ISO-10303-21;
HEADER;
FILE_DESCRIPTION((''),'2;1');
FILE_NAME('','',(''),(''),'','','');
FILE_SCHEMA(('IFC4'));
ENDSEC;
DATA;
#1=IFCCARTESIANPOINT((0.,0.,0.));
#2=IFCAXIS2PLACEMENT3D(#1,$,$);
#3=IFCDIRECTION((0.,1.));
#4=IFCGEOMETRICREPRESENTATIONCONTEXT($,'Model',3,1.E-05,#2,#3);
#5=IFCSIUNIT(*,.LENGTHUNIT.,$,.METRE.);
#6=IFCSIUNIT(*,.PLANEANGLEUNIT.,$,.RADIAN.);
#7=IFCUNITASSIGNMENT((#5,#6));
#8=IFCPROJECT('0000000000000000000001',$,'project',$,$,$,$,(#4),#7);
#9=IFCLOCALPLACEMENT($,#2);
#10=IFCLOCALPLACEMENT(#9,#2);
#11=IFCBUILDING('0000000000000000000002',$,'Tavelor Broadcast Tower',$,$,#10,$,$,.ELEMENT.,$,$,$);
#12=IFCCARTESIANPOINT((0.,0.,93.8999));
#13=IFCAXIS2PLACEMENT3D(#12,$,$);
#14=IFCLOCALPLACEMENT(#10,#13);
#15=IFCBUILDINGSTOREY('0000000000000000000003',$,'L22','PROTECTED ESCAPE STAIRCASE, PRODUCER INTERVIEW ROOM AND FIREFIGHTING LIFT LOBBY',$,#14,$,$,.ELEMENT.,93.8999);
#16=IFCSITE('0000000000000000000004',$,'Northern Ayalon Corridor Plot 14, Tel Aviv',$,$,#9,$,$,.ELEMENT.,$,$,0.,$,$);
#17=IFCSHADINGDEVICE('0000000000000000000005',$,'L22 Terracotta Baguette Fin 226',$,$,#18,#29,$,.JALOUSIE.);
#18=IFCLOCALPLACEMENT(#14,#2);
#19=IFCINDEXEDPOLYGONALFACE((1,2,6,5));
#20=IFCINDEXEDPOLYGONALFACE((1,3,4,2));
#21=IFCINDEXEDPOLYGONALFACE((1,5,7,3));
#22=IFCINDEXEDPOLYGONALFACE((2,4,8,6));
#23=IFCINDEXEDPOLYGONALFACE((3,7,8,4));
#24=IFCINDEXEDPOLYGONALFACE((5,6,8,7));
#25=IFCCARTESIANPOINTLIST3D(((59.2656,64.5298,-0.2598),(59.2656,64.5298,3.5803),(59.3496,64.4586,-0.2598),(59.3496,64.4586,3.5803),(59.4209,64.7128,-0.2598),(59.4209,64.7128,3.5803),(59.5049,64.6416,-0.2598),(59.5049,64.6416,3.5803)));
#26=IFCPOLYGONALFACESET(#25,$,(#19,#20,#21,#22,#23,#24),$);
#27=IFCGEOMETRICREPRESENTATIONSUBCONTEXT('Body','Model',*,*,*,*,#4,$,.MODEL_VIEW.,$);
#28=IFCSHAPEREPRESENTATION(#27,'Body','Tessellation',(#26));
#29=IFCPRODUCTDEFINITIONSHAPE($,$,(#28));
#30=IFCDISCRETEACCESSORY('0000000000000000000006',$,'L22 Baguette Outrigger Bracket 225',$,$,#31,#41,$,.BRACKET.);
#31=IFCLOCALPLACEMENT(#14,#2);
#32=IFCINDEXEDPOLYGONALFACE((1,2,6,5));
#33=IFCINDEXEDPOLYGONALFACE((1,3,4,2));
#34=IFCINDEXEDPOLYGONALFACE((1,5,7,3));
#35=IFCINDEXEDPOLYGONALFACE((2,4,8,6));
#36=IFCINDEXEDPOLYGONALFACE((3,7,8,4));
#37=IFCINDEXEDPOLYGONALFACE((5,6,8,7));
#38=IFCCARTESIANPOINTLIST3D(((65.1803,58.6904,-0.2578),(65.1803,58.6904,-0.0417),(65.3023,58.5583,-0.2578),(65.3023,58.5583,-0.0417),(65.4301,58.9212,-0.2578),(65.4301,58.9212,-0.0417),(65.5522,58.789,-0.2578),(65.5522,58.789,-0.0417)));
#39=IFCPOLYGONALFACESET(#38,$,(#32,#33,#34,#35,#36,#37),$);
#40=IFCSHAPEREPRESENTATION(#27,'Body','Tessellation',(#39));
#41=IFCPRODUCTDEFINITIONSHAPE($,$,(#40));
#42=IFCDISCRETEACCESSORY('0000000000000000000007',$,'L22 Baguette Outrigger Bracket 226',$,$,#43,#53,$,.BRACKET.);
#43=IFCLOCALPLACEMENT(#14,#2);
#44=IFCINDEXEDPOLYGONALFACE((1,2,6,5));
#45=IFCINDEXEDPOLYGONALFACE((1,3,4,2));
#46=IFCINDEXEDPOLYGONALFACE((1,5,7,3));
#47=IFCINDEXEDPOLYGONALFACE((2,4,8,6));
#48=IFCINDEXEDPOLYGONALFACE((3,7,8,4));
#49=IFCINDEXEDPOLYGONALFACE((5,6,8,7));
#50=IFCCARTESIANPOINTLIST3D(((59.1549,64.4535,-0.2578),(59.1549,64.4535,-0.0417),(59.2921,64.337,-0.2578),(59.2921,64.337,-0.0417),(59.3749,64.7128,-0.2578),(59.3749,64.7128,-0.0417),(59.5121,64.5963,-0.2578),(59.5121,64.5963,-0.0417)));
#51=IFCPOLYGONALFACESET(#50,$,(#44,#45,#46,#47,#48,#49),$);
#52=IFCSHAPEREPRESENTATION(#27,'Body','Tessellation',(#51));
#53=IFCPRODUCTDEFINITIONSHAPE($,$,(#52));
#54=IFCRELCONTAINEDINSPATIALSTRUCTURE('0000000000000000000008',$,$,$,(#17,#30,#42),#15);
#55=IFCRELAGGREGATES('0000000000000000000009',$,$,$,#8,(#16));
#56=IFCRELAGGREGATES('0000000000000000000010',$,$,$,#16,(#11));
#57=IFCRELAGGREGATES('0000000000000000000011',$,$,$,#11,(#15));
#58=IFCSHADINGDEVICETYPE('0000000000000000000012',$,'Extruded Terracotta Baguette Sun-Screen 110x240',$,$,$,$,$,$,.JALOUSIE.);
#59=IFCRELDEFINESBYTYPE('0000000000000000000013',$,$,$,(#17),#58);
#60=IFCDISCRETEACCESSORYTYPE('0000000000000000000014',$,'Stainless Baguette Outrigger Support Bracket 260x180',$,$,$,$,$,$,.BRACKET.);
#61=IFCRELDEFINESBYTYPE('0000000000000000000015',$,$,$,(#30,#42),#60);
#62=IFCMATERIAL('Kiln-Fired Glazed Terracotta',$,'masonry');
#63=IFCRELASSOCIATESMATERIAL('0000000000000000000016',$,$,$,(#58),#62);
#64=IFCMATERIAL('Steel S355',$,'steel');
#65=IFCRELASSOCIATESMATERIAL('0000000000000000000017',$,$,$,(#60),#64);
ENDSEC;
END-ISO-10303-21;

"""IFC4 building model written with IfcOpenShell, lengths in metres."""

from ifc_helpers import new_model, si_unit, direction, frame, origin, origin_2d, place, context, subcontext, project, spatial, rectangle, extrude, source, transform, mapped, material, type_object, type_shapes, element, save


model = new_model("IFC4")

# Units and contexts
model_context = context("Model", 3, precision=1e-05, world=origin(), true_north=direction((0.0, 1.0)))
body_context = subcontext(model_context, "Body", "Model", "MODEL_VIEW")
ifc_project = project(units=[si_unit("LENGTHUNIT", "METRE"), si_unit("PLANEANGLEUNIT", "RADIAN")], contexts=[model_context])

# Site, building, storey
site_placement = place(None, origin())
site = spatial("IfcSite", under=ifc_project, at=site_placement, Name="Northern Ayalon Corridor Plot 14, Tel Aviv", CompositionType="ELEMENT", RefElevation=0.0)
building_placement = place(site_placement, origin())
building = spatial("IfcBuilding", under=site, at=building_placement, Name="Tavelor Broadcast Tower", CompositionType="ELEMENT")
storey_placement = place(building_placement, frame((0.0, 0.0, 93.8999)))
storey = spatial("IfcBuildingStorey", under=building, at=storey_placement, Name="L22", Description="PROTECTED ESCAPE STAIRCASE, PRODUCER INTERVIEW ROOM AND FIREFIGHTING LIFT LOBBY", CompositionType="ELEMENT", Elevation=93.8999)

# Shared definitions
ifc_material_1 = material(Name="Steel S355", Category="steel")

# Shading device
ifc_material_2 = material(Name="Kiln-Fired Glazed Terracotta", Category="masonry")
shading_device_type = type_object("IfcShadingDeviceType", Name="Extruded Terracotta Baguette Sun-Screen 110x240", PredefinedType="JALOUSIE", material=ifc_material_2)
shared_shape_1 = source(origin(), body_context, "Body", "SweptSolid", [
    extrude(rectangle(XDim=0.1101, YDim=0.24, at=origin_2d()), origin(), (0.0, 0.0, 1.0), 3.8401),
])
type_shapes(shading_device_type, [shared_shape_1])
for number, where, z_axis, x_axis, name in (
    (1, (59.3853, 64.5857, -0.2598), (0.0, 0.0, 1.0), (-0.762443, 0.647056, 0.0), "L22 Terracotta Baguette Fin 226"),
):
    element("IfcShadingDevice", number, at=place(storey_placement, frame(where, z_axis=z_axis, x_axis=x_axis)), inside=storey, type_object=shading_device_type, Name=name, PredefinedType="JALOUSIE", context=body_context, shape_type="MappedRepresentation", body=[
        mapped(shared_shape_1, transform((0.0, 0.0, 0.0), scale=1.0)),
    ])

# Discrete accessories
discrete_accessory_type = type_object("IfcDiscreteAccessoryType", Name="Stainless Baguette Outrigger Support Bracket 260x180", PredefinedType="BRACKET", material=ifc_material_1)
shared_shape_2 = source(origin(), body_context, "Body", "SweptSolid", [
    extrude(rectangle(XDim=0.1799, YDim=0.3401, at=origin_2d()), origin(), (0.0, 0.0, 1.0), 0.2161),
])
type_shapes(discrete_accessory_type, [shared_shape_2])
for number, where, z_axis, x_axis, name in (
    (2, (65.3662, 58.7397, -0.2578), (0.0, 0.0, 1.0), (-0.678544, 0.734559, 0.0), "L22 Baguette Outrigger Bracket 225"),
    (3, (59.3335, 64.5249, -0.2578), (0.0, 0.0, 1.0), (-0.762443, 0.647056, 0.0), "L22 Baguette Outrigger Bracket 226"),
):
    element("IfcDiscreteAccessory", number, at=place(storey_placement, frame(where, z_axis=z_axis, x_axis=x_axis)), inside=storey, type_object=discrete_accessory_type, Name=name, PredefinedType="BRACKET", context=body_context, shape_type="MappedRepresentation", body=[
        mapped(shared_shape_2, transform((0.0, 0.0, 0.0), scale=1.0)),
    ])

save(model, "model.ifc")
